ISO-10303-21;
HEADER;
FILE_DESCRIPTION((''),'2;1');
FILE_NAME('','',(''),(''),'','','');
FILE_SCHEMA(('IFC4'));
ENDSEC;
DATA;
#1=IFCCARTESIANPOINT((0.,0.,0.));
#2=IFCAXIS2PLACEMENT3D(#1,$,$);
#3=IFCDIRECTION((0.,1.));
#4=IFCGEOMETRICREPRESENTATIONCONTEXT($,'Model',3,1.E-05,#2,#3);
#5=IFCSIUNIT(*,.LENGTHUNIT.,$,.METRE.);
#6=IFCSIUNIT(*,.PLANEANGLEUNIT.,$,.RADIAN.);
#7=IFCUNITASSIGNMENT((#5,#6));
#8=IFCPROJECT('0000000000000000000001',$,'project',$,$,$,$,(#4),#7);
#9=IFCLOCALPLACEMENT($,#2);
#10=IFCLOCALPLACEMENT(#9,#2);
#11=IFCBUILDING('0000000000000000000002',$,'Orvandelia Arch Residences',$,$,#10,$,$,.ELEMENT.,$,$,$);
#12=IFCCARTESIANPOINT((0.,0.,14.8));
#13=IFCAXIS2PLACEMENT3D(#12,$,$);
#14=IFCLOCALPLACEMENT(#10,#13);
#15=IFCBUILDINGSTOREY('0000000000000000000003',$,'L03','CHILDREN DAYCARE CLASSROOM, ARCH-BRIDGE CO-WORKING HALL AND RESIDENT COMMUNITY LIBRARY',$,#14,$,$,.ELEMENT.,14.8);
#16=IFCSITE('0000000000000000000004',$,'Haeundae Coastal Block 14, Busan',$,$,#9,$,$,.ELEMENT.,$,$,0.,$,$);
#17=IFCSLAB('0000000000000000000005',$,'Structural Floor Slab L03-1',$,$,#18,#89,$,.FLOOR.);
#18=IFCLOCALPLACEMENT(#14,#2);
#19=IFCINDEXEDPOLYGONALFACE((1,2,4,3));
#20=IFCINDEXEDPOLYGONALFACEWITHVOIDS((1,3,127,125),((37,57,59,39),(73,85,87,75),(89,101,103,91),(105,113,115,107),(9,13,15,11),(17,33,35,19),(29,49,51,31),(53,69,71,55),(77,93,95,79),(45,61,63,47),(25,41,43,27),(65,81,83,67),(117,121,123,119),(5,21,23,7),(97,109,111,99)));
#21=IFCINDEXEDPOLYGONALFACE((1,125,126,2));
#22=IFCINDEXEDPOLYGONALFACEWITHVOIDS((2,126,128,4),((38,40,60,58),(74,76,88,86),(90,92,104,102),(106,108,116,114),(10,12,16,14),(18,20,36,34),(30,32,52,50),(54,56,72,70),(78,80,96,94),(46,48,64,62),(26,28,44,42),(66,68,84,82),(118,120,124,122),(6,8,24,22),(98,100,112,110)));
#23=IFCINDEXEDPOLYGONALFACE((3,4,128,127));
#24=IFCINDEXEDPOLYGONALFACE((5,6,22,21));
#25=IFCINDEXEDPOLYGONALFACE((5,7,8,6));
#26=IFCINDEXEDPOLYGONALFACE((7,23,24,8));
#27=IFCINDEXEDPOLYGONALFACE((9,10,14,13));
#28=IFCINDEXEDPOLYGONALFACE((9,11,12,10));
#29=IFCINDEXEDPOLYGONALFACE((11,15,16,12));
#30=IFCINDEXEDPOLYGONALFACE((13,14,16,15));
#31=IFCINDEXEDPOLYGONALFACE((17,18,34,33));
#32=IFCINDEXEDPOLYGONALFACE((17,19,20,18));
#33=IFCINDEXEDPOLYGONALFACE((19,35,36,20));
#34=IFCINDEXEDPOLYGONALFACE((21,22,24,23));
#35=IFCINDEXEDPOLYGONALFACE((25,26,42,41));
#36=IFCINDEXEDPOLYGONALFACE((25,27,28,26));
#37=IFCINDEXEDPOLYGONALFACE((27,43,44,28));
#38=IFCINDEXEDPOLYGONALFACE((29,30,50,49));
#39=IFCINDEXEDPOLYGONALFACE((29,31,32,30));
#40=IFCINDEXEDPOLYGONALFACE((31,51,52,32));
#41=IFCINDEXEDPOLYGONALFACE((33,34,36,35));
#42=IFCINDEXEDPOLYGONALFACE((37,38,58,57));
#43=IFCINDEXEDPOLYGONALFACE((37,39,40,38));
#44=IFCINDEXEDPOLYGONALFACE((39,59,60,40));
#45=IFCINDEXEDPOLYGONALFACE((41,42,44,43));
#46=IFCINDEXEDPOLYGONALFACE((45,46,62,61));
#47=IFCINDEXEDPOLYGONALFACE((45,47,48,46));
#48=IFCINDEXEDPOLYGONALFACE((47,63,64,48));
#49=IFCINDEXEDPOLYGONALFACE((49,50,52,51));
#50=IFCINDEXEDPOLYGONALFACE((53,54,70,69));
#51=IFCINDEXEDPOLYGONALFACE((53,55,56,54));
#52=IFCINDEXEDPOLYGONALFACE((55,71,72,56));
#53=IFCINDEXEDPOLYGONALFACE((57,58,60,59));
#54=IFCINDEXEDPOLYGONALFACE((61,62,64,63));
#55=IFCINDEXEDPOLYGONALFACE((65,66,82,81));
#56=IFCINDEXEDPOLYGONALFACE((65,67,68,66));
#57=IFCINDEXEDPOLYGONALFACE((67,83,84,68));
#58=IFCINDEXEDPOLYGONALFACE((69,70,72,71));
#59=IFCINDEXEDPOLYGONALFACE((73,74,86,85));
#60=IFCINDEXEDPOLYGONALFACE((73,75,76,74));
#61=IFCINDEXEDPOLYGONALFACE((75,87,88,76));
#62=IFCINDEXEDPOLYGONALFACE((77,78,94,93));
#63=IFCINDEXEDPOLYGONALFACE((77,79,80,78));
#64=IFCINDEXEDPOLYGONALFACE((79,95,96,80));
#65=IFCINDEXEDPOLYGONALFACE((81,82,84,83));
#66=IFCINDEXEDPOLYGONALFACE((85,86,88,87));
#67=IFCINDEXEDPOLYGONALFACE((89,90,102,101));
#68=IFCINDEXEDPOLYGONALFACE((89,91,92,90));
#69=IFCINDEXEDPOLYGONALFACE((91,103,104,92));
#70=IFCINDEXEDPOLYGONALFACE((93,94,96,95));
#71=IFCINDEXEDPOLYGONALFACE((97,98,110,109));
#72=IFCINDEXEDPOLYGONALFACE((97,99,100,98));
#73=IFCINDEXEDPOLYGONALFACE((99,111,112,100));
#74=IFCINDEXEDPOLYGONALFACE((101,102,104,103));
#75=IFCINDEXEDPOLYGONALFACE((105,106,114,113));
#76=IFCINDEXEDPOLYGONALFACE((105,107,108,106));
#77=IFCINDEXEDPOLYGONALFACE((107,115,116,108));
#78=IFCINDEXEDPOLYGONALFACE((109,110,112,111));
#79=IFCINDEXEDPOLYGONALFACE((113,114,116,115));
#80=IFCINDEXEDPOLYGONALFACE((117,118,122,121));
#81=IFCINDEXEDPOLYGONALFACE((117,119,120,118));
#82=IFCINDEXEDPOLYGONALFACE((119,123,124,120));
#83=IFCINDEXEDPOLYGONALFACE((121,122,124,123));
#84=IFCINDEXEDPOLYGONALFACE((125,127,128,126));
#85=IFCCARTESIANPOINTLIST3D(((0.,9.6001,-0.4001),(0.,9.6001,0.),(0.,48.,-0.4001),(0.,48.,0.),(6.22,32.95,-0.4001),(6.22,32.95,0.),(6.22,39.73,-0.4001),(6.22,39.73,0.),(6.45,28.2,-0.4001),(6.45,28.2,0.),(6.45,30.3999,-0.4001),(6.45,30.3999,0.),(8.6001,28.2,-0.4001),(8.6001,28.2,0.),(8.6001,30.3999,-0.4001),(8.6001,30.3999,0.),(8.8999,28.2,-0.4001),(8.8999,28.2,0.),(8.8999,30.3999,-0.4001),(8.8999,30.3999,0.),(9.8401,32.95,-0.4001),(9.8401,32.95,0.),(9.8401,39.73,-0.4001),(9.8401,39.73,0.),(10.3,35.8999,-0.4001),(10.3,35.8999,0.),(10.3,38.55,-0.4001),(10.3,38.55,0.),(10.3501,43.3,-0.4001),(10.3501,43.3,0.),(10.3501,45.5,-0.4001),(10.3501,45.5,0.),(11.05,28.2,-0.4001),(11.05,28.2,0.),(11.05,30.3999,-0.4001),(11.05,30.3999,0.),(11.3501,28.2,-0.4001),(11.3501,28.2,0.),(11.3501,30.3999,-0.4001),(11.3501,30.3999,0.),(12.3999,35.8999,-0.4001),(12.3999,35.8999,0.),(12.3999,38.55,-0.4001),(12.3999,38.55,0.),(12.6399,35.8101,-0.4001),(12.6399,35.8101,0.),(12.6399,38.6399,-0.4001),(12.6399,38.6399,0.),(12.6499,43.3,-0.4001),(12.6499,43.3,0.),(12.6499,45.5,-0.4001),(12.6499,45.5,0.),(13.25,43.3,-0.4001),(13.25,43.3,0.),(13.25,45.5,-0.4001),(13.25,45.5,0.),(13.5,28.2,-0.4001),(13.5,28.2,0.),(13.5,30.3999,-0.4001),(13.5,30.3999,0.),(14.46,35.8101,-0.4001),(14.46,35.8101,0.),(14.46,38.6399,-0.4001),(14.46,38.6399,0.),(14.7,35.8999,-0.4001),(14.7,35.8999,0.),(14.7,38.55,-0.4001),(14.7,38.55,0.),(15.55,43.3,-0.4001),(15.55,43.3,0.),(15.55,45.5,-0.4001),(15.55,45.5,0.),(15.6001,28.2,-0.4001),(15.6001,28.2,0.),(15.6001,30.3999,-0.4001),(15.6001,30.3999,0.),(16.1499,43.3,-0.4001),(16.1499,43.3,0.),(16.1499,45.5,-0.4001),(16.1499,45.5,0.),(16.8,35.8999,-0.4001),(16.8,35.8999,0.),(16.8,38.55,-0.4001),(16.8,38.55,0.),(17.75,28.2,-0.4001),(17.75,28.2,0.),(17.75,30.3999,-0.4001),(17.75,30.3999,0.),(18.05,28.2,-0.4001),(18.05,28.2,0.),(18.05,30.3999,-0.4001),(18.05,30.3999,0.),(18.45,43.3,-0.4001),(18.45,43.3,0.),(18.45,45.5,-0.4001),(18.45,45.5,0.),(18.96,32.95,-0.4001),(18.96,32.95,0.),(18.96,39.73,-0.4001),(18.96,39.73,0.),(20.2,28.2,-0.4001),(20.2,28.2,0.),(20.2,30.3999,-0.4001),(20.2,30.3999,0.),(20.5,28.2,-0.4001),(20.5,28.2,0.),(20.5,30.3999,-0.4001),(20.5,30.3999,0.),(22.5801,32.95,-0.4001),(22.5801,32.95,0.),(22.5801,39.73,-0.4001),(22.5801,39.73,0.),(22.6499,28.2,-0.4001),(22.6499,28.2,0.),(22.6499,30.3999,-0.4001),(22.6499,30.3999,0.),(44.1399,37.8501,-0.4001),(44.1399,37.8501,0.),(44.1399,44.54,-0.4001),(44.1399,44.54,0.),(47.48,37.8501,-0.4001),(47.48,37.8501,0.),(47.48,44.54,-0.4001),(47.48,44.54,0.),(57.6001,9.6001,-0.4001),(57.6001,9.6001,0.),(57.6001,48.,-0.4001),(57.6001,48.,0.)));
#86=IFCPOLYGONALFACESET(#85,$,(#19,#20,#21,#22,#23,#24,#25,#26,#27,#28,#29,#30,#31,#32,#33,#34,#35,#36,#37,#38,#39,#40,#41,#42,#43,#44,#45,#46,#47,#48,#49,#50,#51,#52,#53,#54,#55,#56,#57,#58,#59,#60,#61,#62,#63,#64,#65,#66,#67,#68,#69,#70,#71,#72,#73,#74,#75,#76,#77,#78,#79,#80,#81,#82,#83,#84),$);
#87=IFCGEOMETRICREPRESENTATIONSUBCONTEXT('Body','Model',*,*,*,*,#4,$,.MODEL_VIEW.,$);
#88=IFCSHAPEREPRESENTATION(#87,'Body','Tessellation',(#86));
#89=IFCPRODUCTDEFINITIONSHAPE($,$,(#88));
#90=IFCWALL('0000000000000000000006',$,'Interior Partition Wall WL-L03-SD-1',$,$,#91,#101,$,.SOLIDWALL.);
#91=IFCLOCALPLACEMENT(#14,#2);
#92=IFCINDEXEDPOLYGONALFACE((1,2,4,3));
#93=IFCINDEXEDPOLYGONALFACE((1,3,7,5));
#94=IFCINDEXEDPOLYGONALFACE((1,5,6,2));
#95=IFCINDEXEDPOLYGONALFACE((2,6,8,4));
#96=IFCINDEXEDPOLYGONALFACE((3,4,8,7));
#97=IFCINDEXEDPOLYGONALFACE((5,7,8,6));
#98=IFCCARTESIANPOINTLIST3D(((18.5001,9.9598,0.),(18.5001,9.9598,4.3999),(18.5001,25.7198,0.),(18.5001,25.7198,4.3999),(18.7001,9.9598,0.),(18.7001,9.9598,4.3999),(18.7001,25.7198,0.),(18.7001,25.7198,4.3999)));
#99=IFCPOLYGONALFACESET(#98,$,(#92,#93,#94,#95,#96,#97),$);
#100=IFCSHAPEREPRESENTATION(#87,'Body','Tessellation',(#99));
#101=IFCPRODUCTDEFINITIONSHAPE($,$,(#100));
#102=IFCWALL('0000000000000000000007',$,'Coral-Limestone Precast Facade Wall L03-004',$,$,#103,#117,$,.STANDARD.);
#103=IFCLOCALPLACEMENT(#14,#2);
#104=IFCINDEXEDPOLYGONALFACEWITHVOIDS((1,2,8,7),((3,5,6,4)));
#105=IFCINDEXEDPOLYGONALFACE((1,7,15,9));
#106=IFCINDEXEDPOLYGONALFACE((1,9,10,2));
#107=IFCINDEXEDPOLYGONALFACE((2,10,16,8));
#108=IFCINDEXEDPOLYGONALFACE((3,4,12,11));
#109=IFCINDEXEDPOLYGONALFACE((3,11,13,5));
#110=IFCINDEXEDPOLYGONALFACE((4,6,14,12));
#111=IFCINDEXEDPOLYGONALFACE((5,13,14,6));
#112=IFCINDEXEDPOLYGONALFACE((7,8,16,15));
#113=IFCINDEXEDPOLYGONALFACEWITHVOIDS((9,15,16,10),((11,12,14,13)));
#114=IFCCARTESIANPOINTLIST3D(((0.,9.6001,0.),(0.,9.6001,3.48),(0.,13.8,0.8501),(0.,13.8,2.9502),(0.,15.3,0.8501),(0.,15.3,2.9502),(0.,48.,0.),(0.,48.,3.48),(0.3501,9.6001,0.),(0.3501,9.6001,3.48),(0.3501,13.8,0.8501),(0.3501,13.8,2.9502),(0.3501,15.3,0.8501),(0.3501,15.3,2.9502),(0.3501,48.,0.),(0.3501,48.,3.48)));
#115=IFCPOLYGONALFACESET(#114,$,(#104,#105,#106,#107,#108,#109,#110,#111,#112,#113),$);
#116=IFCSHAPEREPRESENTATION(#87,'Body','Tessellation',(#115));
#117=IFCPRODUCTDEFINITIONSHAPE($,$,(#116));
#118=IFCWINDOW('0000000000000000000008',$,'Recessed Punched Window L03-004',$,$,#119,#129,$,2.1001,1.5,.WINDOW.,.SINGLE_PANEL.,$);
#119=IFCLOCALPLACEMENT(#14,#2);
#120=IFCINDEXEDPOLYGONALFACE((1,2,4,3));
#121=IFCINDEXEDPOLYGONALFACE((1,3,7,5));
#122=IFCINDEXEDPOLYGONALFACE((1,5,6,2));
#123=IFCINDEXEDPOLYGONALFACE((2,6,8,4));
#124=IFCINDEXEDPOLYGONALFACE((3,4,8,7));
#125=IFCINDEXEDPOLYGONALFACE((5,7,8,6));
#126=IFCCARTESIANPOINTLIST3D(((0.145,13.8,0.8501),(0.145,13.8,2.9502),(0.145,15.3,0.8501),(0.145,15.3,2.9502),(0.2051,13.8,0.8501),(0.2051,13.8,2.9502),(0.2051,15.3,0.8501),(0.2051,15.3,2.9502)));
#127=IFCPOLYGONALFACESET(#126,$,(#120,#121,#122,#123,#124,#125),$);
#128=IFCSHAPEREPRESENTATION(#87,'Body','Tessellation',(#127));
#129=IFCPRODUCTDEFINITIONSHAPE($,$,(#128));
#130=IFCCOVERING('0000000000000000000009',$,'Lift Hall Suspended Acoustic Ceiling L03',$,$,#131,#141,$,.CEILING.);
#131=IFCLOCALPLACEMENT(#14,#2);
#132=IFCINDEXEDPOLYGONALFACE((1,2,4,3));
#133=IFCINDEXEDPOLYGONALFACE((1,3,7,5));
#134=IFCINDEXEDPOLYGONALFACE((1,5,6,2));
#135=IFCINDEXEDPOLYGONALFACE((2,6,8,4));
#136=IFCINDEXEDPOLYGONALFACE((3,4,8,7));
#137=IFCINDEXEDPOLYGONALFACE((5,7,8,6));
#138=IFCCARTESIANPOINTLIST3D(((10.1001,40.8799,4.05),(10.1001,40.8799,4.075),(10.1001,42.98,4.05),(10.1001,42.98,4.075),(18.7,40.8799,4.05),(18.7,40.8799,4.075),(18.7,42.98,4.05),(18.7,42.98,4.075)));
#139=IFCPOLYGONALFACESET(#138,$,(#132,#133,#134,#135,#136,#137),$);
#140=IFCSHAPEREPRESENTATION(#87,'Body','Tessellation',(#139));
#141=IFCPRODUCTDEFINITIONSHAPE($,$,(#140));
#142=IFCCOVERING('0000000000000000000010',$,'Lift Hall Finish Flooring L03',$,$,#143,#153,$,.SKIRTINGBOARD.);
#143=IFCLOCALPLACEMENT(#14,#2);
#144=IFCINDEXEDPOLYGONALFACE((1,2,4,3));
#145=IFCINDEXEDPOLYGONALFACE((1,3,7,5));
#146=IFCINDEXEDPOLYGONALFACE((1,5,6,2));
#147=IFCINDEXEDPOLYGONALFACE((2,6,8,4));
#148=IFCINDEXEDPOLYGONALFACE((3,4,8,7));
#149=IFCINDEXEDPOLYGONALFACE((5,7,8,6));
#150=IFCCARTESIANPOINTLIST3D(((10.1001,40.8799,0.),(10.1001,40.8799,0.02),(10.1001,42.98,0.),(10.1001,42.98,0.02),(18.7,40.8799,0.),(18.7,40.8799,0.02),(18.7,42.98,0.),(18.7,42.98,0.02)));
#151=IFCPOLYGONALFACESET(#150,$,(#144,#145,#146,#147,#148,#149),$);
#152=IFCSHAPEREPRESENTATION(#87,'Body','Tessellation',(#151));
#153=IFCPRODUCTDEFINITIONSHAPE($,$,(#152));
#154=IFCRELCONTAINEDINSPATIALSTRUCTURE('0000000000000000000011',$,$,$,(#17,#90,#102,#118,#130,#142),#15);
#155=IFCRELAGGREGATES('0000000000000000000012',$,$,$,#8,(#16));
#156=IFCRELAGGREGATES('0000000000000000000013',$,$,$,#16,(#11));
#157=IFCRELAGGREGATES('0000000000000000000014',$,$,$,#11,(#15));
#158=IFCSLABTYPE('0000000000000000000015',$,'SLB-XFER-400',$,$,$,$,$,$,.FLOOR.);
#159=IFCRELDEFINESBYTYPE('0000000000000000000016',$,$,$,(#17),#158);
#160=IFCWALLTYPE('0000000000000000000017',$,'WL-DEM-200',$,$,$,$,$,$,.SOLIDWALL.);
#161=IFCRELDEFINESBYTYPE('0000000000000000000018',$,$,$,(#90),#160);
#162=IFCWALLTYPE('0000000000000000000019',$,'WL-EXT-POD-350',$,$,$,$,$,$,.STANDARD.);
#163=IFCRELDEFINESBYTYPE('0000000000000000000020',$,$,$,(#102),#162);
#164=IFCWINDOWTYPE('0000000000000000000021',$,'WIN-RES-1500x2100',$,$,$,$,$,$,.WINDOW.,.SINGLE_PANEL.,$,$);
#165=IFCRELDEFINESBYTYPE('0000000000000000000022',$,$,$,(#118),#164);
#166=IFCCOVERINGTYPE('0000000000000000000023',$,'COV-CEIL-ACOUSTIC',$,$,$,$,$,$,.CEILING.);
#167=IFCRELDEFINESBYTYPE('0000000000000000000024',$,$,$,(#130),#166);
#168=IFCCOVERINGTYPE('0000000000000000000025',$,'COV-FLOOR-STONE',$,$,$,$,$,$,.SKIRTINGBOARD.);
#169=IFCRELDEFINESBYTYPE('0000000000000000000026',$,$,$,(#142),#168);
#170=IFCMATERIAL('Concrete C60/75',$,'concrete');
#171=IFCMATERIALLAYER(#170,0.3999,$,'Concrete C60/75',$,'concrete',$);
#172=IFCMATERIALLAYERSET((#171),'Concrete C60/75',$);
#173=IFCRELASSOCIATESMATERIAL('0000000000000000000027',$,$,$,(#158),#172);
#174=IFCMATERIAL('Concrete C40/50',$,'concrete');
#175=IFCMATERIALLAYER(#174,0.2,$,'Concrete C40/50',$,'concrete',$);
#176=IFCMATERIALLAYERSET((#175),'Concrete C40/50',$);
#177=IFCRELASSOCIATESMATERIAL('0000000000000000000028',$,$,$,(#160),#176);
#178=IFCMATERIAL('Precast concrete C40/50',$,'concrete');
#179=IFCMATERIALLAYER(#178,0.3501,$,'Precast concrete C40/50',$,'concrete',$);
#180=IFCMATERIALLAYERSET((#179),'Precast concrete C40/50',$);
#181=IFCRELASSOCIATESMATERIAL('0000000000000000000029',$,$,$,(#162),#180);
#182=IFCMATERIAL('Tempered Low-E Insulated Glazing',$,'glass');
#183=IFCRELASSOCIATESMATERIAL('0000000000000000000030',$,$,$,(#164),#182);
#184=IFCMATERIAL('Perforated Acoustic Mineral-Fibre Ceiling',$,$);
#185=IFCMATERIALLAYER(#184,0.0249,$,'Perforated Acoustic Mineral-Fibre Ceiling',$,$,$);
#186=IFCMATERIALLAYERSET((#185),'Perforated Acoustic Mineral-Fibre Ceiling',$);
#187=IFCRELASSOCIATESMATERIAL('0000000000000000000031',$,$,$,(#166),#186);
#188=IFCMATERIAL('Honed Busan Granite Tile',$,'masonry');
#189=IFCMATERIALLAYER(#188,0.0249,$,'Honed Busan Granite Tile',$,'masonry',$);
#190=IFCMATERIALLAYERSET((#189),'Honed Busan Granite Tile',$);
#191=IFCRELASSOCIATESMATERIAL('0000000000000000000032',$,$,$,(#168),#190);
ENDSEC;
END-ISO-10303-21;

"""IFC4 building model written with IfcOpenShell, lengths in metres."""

from ifc_helpers import new_model, si_unit, direction, frame, frame_2d, origin, place, context, subcontext, project, spatial, polyline, rectangle, outline, extrude, material, layer, layer_set, type_object, element, fill, save


model = new_model("IFC4")

# Units and contexts
model_context = context("Model", 3, precision=1e-05, world=origin(), true_north=direction((0.0, 1.0)))
body_context = subcontext(model_context, "Body", "Model", "MODEL_VIEW")
ifc_project = project(units=[si_unit("LENGTHUNIT", "METRE"), si_unit("PLANEANGLEUNIT", "RADIAN")], contexts=[model_context])

# Site, building, storey
site_placement = place(None, origin())
site = spatial("IfcSite", under=ifc_project, at=site_placement, Name="Haeundae Coastal Block 14, Busan", CompositionType="ELEMENT", RefElevation=0.0)
building_placement = place(site_placement, origin())
building = spatial("IfcBuilding", under=site, at=building_placement, Name="Orvandelia Arch Residences", CompositionType="ELEMENT")
storey_placement = place(building_placement, frame((0.0, 0.0, 14.8)))
storey = spatial("IfcBuildingStorey", under=building, at=storey_placement, Name="L03", Description="CHILDREN DAYCARE CLASSROOM, ARCH-BRIDGE CO-WORKING HALL AND RESIDENT COMMUNITY LIBRARY", CompositionType="ELEMENT", Elevation=14.8)

# Shared definitions
ifc_material_1 = material(Name="Concrete C60/75", Category="concrete")

# Shared definitions
ifc_material_2 = material(Name="Concrete C40/50", Category="concrete")

# Slab
ifc_layer_1 = layer(ifc_material_1, 0.3999, Name="Concrete C60/75", Category="concrete")
ifc_layer_set_1 = layer_set([ifc_layer_1], Name="Concrete C60/75")
slab_type_1 = type_object("IfcSlabType", Name="SLB-XFER-400", PredefinedType="FLOOR", material=ifc_layer_set_1)
slab_1_placement = place(storey_placement, frame((0.0, 0.0, -0.4001)))
element("IfcSlab", 1, at=slab_1_placement, inside=storey, type_object=slab_type_1, Name="Structural Floor Slab L03-1", PredefinedType="FLOOR", context=body_context, shape_type="SweptSolid", body=[
    extrude(outline(polyline([(0.0, 9.6001), (57.6001, 9.6001), (57.6001, 48.0), (0.0, 48.0), (0.0, 9.6001)]), holes=[polyline([(6.22, 32.95), (9.8401, 32.95), (9.8401, 39.73), (6.22, 39.73), (6.22, 32.95)]), polyline([(18.96, 32.95), (22.5801, 32.95), (22.5801, 39.73), (18.96, 39.73), (18.96, 32.95)]), polyline([(44.1399, 37.8501), (47.48, 37.8501), (47.48, 44.54), (44.1399, 44.54), (44.1399, 37.8501)]), polyline([(12.6399, 35.8101), (14.46, 35.8101), (14.46, 38.6399), (12.6399, 38.6399), (12.6399, 35.8101)]), polyline([(10.3, 35.8999), (12.3999, 35.8999), (12.3999, 38.55), (10.3, 38.55), (10.3, 35.8999)]), polyline([(14.7, 35.8999), (16.8, 35.8999), (16.8, 38.55), (14.7, 38.55), (14.7, 35.8999)]), polyline([(10.3501, 43.3), (12.6499, 43.3), (12.6499, 45.5), (10.3501, 45.5), (10.3501, 43.3)]), polyline([(13.25, 43.3), (15.55, 43.3), (15.55, 45.5), (13.25, 45.5), (13.25, 43.3)]), polyline([(16.1499, 43.3), (18.45, 43.3), (18.45, 45.5), (16.1499, 45.5), (16.1499, 43.3)]), polyline([(6.45, 28.2), (8.6001, 28.2), (8.6001, 30.3999), (6.45, 30.3999), (6.45, 28.2)]), polyline([(8.8999, 28.2), (11.05, 28.2), (11.05, 30.3999), (8.8999, 30.3999), (8.8999, 28.2)]), polyline([(11.3501, 28.2), (13.5, 28.2), (13.5, 30.3999), (11.3501, 30.3999), (11.3501, 28.2)]), polyline([(15.6001, 28.2), (17.75, 28.2), (17.75, 30.3999), (15.6001, 30.3999), (15.6001, 28.2)]), polyline([(18.05, 28.2), (20.2, 28.2), (20.2, 30.3999), (18.05, 30.3999), (18.05, 28.2)]), polyline([(20.5, 28.2), (22.6499, 28.2), (22.6499, 30.3999), (20.5, 30.3999), (20.5, 28.2)])]), origin(), (0.0, 0.0, 1.0), 0.4001),
])

# Wall
ifc_layer_2 = layer(ifc_material_2, 0.2, Name="Concrete C40/50", Category="concrete")
ifc_layer_set_2 = layer_set([ifc_layer_2], Name="Concrete C40/50")
wall_type_1 = type_object("IfcWallType", Name="WL-DEM-200", PredefinedType="SOLIDWALL", material=ifc_layer_set_2)
wall_1_placement = place(storey_placement, frame((18.6001, 9.96, 0.0), z_axis=(0.0, 0.0, 1.0), x_axis=(0.0, 1.0, 0.0)))
element("IfcWall", 2, at=wall_1_placement, inside=storey, type_object=wall_type_1, Name="Interior Partition Wall WL-L03-SD-1", PredefinedType="SOLIDWALL", context=body_context, shape_type="SweptSolid", body=[
    extrude(rectangle(XDim=15.76, YDim=0.2, at=frame_2d((7.8799, 0.0))), origin(), (0.0, 0.0, 1.0), 4.3999),
])

# Wall, opening, window
ifc_material_3 = material(Name="Precast concrete C40/50", Category="concrete")
ifc_layer_3 = layer(ifc_material_3, 0.3501, Name="Precast concrete C40/50", Category="concrete")
ifc_layer_set_3 = layer_set([ifc_layer_3], Name="Precast concrete C40/50")
wall_type_2 = type_object("IfcWallType", Name="WL-EXT-POD-350", PredefinedType="STANDARD", material=ifc_layer_set_3)
wall_2_placement = place(storey_placement, frame((0.175, 9.6001, 0.0), z_axis=(0.0, 0.0, 1.0), x_axis=(0.0, 1.0, 0.0)))
wall_2 = element("IfcWall", 3, at=wall_2_placement, inside=storey, type_object=wall_type_2, Name="Coral-Limestone Precast Facade Wall L03-004", PredefinedType="STANDARD", context=body_context, shape_type="SweptSolid", body=[
    extrude(rectangle(XDim=38.3999, YDim=0.3501, at=frame_2d((19.2, 0.0))), origin(), (0.0, 0.0, 1.0), 3.48),
])
opening_placement = place(wall_2_placement, frame((4.2, 0.0, 0.8501)))
opening = element("IfcOpeningElement", 4, at=opening_placement, cuts=wall_2, PredefinedType="OPENING", context=body_context, shape_type="SweptSolid", body=[
    extrude(rectangle(XDim=1.5, YDim=2.1001, at=frame_2d((0.75, 1.05))), frame((0.0, 0.1851, 0.0), z_axis=(0.0, -1.0, 0.0), x_axis=(1.0, 0.0, 0.0)), (0.0, 0.0, 1.0), 0.3701),
])
ifc_material_4 = material(Name="Tempered Low-E Insulated Glazing", Category="glass")
window_type = type_object("IfcWindowType", Name="WIN-RES-1500x2100", PartitioningType="SINGLE_PANEL", PredefinedType="WINDOW", material=ifc_material_4)
window_placement = place(opening_placement, origin())
window = element("IfcWindow", 5, at=window_placement, inside=storey, type_object=window_type, Name="Recessed Punched Window L03-004", OverallHeight=2.1001, OverallWidth=1.5, PartitioningType="SINGLE_PANEL", PredefinedType="WINDOW", context=body_context, shape_type="SweptSolid", body=[
    extrude(rectangle(XDim=1.5, YDim=2.1001, at=frame_2d((0.75, 1.05))), frame((0.0, 0.03, 0.0), z_axis=(0.0, -1.0, 0.0), x_axis=(1.0, 0.0, 0.0)), (0.0, 0.0, 1.0), 0.0601),
])
fill(opening, window)

# Coverings
ifc_material_5 = material(Name="Perforated Acoustic Mineral-Fibre Ceiling")
ifc_layer_4 = layer(ifc_material_5, 0.0249, Name="Perforated Acoustic Mineral-Fibre Ceiling")
ifc_layer_set_4 = layer_set([ifc_layer_4], Name="Perforated Acoustic Mineral-Fibre Ceiling")
covering_type_1 = type_object("IfcCoveringType", Name="COV-CEIL-ACOUSTIC", PredefinedType="CEILING", material=ifc_layer_set_4)
covering_1_placement = place(storey_placement, frame((0.0, 0.0, 4.05)))
element("IfcCovering", 6, at=covering_1_placement, inside=storey, type_object=covering_type_1, Name="Lift Hall Suspended Acoustic Ceiling L03", PredefinedType="CEILING", context=body_context, shape_type="SweptSolid", body=[
    extrude(outline(polyline([(10.1001, 40.8799), (18.7, 40.8799), (18.7, 42.98), (10.1001, 42.98), (10.1001, 40.8799)])), origin(), (0.0, 0.0, 1.0), 0.0249),
])
ifc_material_6 = material(Name="Honed Busan Granite Tile", Category="masonry")
ifc_layer_5 = layer(ifc_material_6, 0.0249, Name="Honed Busan Granite Tile", Category="masonry")
ifc_layer_set_5 = layer_set([ifc_layer_5], Name="Honed Busan Granite Tile")
covering_type_2 = type_object("IfcCoveringType", Name="COV-FLOOR-STONE", PredefinedType="SKIRTINGBOARD", material=ifc_layer_set_5)
covering_2_placement = place(storey_placement, origin())
element("IfcCovering", 7, at=covering_2_placement, inside=storey, type_object=covering_type_2, Name="Lift Hall Finish Flooring L03", PredefinedType="SKIRTINGBOARD", context=body_context, shape_type="SweptSolid", body=[
    extrude(outline(polyline([(10.1001, 40.8799), (18.7, 40.8799), (18.7, 42.98), (10.1001, 42.98), (10.1001, 40.8799)])), origin(), (0.0, 0.0, 1.0), 0.02),
])

save(model, "model.ifc")
